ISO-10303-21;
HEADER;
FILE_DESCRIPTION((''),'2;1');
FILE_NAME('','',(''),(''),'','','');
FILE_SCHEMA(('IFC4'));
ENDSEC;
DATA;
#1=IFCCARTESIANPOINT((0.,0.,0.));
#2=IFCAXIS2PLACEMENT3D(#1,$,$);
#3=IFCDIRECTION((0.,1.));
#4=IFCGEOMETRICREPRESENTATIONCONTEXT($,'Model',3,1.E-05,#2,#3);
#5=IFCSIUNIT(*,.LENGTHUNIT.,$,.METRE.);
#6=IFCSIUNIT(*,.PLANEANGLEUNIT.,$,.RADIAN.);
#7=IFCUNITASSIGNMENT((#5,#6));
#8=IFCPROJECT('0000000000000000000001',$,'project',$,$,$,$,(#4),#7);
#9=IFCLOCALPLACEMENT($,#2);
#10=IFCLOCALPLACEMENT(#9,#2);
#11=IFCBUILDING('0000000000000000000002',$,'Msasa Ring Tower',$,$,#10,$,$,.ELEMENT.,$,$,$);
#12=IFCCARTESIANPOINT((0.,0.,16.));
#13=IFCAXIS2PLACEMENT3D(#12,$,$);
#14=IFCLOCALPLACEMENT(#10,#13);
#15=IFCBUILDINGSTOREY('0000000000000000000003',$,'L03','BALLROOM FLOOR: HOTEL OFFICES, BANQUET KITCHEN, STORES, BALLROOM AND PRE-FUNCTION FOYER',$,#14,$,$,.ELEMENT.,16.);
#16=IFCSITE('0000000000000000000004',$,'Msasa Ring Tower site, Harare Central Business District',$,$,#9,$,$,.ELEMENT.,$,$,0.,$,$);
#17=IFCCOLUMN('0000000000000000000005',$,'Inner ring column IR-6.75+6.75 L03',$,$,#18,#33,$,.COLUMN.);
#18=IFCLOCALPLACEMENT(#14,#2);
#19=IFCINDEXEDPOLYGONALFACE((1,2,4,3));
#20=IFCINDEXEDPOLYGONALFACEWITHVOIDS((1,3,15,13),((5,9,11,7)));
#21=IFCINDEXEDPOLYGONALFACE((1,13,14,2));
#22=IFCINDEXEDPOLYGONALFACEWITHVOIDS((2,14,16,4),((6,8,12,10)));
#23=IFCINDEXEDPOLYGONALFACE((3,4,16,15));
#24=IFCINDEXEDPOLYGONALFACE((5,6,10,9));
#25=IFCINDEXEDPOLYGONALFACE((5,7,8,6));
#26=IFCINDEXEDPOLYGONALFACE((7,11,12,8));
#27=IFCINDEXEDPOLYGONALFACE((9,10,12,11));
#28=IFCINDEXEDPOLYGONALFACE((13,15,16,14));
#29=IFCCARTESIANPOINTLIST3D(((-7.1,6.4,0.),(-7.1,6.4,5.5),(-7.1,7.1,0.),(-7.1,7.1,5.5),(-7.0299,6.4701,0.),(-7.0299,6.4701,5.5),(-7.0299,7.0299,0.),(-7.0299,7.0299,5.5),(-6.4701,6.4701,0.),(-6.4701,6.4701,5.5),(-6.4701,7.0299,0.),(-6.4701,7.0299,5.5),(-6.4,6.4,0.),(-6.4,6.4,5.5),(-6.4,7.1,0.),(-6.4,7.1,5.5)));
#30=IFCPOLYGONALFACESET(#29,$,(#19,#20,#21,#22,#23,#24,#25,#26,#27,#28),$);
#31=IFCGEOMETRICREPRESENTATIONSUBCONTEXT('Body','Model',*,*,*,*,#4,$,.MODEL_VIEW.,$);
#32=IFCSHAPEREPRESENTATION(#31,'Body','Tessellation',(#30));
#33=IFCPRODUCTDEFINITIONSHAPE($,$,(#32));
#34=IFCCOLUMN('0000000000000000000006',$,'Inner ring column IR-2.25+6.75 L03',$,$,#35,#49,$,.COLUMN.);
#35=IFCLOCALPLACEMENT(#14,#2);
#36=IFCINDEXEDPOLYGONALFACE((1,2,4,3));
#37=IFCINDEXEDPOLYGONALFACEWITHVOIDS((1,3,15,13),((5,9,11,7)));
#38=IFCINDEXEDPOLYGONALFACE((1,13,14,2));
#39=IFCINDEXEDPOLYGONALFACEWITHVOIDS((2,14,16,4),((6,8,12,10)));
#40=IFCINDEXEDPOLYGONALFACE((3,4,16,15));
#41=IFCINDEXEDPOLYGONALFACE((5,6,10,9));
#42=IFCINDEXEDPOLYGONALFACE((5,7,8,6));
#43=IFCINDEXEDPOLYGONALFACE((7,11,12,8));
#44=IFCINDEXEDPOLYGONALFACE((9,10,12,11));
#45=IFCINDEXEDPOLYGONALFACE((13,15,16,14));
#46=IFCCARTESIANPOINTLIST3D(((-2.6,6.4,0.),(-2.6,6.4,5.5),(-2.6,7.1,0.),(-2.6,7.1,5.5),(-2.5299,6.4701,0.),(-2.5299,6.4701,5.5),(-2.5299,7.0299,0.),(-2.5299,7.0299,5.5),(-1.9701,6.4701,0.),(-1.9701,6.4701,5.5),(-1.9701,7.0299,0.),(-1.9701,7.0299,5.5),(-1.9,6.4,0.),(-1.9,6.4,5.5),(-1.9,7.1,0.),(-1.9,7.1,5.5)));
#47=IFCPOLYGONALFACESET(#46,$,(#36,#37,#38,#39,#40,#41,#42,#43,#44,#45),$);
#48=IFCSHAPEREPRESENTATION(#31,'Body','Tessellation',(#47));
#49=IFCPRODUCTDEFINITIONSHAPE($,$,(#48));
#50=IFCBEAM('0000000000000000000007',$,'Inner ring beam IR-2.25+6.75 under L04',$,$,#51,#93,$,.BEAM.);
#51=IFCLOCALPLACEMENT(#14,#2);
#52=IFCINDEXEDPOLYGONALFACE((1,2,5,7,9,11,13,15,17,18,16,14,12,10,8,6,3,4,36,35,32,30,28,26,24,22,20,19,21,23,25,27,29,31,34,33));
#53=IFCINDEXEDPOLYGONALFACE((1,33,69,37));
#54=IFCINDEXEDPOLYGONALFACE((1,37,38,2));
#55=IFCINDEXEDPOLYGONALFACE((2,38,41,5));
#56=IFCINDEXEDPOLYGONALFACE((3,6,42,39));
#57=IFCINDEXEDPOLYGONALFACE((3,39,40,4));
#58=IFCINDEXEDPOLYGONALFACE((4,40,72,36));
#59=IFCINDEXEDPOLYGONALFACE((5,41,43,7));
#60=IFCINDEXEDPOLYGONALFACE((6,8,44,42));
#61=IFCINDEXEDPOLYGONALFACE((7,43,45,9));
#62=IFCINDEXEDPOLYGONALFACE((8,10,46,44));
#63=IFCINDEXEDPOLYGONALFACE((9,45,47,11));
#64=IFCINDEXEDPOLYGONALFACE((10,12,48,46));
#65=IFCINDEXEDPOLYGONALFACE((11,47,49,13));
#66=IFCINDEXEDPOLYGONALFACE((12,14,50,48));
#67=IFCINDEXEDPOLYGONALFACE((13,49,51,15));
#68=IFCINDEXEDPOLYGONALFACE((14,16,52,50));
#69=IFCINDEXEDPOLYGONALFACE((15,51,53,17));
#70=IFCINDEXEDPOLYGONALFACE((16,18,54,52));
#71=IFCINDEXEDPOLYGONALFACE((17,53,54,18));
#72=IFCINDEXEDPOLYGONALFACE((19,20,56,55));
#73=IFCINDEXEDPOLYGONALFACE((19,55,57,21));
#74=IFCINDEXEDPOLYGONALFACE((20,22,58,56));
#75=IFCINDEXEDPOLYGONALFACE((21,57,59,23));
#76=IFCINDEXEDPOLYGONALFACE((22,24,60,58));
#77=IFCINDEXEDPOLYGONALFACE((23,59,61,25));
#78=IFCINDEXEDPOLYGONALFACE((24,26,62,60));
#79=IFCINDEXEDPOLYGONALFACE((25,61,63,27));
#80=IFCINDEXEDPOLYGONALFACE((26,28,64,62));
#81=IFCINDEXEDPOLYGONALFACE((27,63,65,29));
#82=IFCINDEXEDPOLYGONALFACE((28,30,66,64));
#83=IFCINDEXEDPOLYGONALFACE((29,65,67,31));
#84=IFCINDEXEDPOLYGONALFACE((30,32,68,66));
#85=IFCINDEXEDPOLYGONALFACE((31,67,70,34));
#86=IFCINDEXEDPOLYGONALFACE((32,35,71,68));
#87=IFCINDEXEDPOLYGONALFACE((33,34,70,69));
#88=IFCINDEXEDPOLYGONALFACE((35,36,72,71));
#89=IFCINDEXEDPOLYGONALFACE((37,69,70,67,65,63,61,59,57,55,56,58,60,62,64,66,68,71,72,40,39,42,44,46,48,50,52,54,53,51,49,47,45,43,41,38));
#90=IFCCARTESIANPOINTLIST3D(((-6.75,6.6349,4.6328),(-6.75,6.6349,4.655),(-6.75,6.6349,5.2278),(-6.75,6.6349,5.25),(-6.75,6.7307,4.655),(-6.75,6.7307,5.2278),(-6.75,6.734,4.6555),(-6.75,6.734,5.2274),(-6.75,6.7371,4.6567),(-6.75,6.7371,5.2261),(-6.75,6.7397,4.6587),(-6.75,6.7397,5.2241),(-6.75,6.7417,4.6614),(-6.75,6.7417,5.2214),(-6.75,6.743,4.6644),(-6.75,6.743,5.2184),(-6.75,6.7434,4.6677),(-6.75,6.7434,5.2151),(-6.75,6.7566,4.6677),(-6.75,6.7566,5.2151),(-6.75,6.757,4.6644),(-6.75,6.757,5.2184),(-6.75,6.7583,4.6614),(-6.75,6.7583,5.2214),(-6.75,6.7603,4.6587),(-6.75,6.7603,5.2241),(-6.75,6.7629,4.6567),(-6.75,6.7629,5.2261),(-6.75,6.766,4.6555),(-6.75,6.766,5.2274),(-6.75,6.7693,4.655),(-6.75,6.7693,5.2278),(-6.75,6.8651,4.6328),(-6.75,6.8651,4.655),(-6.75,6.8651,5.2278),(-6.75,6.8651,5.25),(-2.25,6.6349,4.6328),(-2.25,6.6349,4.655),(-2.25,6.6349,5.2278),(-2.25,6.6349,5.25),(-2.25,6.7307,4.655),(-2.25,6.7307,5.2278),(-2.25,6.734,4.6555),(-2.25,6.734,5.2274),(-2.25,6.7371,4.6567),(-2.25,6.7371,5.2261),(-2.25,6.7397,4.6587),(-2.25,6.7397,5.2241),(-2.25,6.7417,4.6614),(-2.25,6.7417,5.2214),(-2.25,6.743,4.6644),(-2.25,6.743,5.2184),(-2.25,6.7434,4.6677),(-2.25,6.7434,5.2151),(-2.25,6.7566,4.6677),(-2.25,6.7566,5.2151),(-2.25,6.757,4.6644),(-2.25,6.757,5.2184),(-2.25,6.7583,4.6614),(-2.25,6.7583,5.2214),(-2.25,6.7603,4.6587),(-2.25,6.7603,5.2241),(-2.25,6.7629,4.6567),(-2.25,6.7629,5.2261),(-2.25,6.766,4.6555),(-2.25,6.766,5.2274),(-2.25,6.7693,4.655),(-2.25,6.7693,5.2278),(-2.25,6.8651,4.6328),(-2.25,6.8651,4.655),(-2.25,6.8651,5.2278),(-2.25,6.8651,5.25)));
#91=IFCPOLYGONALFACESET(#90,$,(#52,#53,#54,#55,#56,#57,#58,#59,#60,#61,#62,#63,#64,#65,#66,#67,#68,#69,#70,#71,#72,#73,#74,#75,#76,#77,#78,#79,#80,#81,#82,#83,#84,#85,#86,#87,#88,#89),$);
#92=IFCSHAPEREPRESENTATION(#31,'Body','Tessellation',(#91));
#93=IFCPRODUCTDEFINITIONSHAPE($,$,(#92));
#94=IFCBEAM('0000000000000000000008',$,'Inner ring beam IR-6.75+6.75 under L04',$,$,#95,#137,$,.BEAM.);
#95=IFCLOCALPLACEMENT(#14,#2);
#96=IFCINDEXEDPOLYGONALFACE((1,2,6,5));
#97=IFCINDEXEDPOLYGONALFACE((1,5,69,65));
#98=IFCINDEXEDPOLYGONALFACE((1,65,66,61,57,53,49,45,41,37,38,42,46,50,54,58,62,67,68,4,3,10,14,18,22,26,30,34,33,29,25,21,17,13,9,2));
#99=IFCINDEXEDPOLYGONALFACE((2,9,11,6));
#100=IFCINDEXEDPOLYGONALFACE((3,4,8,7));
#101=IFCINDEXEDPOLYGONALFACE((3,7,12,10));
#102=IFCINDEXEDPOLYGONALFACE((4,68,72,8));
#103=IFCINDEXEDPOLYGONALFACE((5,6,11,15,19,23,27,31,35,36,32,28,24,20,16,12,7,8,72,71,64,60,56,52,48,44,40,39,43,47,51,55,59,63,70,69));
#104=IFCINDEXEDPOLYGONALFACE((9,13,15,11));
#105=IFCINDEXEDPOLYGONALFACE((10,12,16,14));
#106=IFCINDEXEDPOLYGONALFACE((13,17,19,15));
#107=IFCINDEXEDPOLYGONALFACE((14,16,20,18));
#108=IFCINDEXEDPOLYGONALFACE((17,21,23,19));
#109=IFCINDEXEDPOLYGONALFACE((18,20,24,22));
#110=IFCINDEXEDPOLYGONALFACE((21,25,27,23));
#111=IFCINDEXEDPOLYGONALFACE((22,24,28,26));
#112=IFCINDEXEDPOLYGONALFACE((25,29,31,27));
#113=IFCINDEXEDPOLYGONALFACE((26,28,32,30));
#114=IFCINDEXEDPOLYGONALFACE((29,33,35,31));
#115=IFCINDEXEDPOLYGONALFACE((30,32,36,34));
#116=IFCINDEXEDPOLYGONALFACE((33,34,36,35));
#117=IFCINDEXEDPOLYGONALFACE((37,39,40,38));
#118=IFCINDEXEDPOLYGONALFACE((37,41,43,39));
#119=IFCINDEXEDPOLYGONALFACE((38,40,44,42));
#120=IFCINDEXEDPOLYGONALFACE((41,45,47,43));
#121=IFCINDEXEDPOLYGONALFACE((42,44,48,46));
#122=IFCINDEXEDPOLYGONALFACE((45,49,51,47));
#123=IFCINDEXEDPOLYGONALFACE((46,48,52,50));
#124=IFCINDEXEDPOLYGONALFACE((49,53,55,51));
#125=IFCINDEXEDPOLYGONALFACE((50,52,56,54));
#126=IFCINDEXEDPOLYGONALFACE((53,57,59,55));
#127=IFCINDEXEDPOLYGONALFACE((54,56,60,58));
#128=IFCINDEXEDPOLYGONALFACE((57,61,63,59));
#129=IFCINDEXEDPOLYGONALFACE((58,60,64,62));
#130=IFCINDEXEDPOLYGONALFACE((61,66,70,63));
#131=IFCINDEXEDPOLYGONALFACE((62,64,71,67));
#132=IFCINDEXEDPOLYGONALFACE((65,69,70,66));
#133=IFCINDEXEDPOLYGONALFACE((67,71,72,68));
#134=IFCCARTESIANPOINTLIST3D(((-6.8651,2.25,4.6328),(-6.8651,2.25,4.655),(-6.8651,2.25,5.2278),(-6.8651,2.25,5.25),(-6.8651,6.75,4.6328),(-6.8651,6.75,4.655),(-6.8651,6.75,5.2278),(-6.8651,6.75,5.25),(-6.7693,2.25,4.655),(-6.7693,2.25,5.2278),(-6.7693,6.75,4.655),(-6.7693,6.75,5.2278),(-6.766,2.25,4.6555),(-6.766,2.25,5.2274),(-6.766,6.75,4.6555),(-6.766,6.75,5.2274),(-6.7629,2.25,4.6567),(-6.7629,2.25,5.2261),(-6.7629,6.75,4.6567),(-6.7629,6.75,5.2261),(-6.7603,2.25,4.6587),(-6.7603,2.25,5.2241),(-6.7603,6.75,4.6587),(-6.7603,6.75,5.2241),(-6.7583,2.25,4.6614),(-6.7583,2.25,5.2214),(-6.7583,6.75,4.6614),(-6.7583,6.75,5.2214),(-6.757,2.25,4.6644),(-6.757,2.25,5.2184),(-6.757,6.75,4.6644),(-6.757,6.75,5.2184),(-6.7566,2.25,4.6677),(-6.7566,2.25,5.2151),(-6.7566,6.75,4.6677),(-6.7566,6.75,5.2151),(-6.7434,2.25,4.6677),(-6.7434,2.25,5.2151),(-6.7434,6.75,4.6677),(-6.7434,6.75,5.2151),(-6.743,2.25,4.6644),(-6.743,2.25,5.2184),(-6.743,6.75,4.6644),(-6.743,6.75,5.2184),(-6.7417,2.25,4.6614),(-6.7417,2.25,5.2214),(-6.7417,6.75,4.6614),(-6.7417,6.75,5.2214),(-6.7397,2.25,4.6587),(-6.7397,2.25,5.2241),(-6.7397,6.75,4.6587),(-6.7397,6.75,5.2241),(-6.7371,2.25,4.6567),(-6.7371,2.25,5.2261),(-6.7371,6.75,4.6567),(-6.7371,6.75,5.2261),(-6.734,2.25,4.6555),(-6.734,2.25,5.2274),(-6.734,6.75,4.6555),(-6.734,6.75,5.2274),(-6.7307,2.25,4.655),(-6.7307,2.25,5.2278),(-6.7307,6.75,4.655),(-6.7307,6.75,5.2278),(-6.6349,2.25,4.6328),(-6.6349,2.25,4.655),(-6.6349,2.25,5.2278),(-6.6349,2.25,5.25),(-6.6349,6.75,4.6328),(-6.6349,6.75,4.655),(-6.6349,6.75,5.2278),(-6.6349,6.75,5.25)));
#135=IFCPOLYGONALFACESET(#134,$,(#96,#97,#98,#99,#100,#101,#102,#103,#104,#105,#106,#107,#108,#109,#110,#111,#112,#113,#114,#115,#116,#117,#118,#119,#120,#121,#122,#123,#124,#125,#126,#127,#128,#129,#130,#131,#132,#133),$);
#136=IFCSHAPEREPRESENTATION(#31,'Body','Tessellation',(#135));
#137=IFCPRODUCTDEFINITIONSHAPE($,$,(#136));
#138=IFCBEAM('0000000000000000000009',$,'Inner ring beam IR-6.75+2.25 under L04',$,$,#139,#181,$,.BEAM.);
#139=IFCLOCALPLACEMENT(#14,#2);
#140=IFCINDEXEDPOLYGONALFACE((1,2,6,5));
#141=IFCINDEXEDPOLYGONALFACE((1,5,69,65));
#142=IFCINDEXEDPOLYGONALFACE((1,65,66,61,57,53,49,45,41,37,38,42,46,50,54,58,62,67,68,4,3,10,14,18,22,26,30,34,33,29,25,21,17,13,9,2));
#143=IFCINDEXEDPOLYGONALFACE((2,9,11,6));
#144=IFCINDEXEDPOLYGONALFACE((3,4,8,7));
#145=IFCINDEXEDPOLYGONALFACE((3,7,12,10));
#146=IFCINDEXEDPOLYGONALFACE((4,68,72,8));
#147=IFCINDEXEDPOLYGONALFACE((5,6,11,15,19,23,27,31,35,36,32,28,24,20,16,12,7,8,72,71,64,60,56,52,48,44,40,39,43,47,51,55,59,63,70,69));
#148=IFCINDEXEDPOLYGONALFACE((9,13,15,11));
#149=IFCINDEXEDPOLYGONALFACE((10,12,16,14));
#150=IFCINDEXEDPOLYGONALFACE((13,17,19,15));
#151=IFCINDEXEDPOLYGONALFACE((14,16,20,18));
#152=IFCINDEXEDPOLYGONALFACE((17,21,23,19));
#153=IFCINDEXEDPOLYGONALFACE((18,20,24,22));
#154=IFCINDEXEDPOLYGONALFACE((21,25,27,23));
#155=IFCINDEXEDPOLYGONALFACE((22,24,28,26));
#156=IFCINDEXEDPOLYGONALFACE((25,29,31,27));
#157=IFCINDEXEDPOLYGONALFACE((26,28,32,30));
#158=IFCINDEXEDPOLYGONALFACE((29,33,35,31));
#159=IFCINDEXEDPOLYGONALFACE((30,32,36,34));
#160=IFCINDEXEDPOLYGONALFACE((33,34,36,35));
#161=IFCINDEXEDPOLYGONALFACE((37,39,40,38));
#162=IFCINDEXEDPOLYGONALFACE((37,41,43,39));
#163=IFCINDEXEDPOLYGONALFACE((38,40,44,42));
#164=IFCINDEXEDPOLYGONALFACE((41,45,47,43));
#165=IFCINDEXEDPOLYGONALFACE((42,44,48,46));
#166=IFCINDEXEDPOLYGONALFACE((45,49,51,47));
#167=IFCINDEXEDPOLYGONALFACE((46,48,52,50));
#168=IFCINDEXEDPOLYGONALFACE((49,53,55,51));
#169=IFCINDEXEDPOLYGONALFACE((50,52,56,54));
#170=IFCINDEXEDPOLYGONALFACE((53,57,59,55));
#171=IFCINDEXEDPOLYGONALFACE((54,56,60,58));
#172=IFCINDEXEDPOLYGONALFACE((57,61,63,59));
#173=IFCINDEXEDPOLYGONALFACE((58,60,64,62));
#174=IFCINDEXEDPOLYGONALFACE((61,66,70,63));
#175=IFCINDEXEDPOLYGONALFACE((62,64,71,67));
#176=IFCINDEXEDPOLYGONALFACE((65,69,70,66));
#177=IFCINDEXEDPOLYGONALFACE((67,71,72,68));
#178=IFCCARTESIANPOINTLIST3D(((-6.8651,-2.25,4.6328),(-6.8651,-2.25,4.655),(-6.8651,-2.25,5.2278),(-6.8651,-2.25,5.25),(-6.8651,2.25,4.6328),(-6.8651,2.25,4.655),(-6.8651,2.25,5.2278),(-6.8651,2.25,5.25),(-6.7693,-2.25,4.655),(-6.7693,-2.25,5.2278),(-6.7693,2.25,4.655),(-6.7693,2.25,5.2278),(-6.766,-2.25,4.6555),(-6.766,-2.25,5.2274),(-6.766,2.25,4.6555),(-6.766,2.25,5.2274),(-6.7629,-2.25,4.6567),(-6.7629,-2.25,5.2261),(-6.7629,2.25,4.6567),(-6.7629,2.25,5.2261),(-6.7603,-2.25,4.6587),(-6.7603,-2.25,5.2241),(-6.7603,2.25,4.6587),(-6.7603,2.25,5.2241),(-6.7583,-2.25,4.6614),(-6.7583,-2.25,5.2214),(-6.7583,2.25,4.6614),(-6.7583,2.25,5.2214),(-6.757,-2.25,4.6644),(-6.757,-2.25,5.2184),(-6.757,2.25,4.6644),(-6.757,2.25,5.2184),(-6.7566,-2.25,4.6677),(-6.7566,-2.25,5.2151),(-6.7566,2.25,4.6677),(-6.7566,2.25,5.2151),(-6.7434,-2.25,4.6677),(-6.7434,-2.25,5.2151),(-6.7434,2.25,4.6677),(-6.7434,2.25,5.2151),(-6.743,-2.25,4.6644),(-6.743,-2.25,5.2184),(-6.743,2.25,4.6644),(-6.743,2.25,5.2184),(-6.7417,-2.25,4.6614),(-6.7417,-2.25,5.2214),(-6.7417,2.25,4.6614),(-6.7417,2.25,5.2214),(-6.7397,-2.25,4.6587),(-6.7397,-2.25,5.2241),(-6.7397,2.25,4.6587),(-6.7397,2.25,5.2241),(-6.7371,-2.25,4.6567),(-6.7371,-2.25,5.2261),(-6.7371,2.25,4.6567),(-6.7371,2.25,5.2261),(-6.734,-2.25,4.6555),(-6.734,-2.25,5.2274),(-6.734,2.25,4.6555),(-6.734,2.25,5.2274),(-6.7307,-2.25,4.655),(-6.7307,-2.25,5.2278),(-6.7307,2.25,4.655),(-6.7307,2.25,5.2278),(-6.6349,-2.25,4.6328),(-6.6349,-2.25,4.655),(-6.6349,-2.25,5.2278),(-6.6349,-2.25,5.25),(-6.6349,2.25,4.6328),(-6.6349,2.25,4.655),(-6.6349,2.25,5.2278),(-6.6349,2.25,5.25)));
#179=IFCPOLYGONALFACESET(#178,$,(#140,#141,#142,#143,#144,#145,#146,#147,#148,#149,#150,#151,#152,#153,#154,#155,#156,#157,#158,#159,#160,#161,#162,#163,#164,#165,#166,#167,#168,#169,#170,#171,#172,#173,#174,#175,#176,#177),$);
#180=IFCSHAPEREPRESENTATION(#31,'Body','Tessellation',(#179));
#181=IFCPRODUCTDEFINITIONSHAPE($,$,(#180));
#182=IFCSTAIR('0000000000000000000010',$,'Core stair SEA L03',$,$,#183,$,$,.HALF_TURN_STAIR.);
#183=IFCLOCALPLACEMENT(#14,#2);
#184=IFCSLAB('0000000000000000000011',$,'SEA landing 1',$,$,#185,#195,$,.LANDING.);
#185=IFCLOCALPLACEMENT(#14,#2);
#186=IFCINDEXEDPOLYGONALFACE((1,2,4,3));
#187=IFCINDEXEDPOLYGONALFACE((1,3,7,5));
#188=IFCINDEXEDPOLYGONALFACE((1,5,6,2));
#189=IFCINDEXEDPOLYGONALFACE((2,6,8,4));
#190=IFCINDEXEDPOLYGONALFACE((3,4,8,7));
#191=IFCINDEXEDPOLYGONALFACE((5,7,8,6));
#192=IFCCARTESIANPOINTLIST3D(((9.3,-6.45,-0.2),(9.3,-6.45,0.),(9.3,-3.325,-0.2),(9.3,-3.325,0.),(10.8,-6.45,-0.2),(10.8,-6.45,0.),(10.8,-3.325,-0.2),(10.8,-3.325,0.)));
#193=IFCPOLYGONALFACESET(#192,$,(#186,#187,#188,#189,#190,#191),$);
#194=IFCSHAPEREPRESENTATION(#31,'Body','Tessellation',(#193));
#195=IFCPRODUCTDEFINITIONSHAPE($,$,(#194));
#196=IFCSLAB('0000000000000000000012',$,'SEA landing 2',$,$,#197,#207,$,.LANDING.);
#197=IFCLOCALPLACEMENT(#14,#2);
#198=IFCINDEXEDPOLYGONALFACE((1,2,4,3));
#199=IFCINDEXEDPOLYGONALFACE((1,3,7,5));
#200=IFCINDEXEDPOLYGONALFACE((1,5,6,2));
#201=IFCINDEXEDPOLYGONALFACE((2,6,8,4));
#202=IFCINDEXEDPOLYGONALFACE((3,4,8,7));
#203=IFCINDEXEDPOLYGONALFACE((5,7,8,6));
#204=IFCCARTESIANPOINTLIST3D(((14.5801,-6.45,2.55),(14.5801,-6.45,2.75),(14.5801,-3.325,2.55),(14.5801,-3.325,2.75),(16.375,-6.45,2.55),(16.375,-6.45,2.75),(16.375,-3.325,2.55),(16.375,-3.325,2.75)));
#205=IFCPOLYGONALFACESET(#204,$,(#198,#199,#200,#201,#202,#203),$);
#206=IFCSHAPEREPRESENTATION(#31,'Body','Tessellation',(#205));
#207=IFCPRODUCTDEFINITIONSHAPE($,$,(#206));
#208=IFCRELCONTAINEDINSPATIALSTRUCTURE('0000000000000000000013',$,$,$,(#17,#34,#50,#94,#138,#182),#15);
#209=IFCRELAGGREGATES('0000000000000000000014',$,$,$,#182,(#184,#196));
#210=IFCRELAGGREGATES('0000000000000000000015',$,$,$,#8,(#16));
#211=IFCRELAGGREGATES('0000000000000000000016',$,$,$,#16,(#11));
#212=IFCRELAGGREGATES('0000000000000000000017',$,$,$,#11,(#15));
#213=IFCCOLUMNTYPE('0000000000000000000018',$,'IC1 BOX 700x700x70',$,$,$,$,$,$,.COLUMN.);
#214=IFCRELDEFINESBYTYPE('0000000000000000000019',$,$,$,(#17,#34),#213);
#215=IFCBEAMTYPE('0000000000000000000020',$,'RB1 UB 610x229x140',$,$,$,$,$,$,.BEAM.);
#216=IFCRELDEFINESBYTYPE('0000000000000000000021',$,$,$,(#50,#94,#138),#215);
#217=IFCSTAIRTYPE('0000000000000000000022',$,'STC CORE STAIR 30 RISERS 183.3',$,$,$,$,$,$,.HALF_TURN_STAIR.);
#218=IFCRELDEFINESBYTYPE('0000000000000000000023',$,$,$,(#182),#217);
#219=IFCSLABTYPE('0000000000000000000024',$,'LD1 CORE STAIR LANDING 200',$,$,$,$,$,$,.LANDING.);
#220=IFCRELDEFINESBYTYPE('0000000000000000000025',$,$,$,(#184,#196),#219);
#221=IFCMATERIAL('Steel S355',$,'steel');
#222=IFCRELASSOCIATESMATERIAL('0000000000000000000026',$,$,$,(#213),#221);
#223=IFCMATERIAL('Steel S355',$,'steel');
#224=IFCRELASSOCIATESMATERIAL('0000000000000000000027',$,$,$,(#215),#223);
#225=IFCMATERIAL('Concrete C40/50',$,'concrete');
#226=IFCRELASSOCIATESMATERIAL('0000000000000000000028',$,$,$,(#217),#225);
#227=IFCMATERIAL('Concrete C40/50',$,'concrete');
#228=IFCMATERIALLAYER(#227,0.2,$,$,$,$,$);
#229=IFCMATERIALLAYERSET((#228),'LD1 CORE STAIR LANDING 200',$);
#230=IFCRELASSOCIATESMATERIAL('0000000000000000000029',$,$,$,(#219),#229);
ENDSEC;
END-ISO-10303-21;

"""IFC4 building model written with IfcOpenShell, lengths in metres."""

from ifc_helpers import new_model, si_unit, direction, frame, origin, origin_2d, place, context, subcontext, project, spatial, polyline, hollow_rectangle, i_section, outline, extrude, material, layer, layer_set, material_profile, profile_set, type_object, element, aggregate, save


model = new_model("IFC4")

# Units and contexts
model_context = context("Model", 3, precision=1e-05, world=origin(), true_north=direction((0.0, 1.0)))
body_context = subcontext(model_context, "Body", "Model", "MODEL_VIEW")
ifc_project = project(units=[si_unit("LENGTHUNIT", "METRE"), si_unit("PLANEANGLEUNIT", "RADIAN")], contexts=[model_context])

# Site, building, storey
site_placement = place(None, origin())
site = spatial("IfcSite", under=ifc_project, at=site_placement, Name="Msasa Ring Tower site, Harare Central Business District", CompositionType="ELEMENT", RefElevation=0.0)
building_placement = place(site_placement, origin())
building = spatial("IfcBuilding", under=site, at=building_placement, Name="Msasa Ring Tower", CompositionType="ELEMENT")
storey_placement = place(building_placement, frame((0.0, 0.0, 16.0)))
storey = spatial("IfcBuildingStorey", under=building, at=storey_placement, Name="L03", Description="BALLROOM FLOOR: HOTEL OFFICES, BANQUET KITCHEN, STORES, BALLROOM AND PRE-FUNCTION FOYER", CompositionType="ELEMENT", Elevation=16.0)

# Columns
ifc_material_1 = material(Name="Steel S355", Category="steel")
ifc_material_profile_1 = material_profile(ifc_material_1, hollow_rectangle(XDim=0.7, YDim=0.7, WallThickness=0.0701, at=origin_2d()), Name="BOX 700x700x70")
ifc_profile_set_1 = profile_set([ifc_material_profile_1], Name="Steel S355")
column_type = type_object("IfcColumnType", Name="IC1 BOX 700x700x70", PredefinedType="COLUMN", material=ifc_profile_set_1)
for number, where, z_axis, x_axis, name in (
    (1, (-6.75, 6.75, 0.0), (0.0, 0.0, 1.0), (1.0, 0.0, 0.0), "Inner ring column IR-6.75+6.75 L03"),
    (2, (-2.25, 6.75, 0.0), (0.0, 0.0, 1.0), (1.0, 0.0, 0.0), "Inner ring column IR-2.25+6.75 L03"),
):
    element("IfcColumn", number, at=place(storey_placement, frame(where, z_axis=z_axis, x_axis=x_axis)), inside=storey, type_object=column_type, Name=name, PredefinedType="COLUMN", context=body_context, shape_type="SweptSolid", body=[
        extrude(hollow_rectangle(XDim=0.7, YDim=0.7, WallThickness=0.0701, at=origin_2d()), origin(), (0.0, 0.0, 1.0), 5.5),
    ])

# Beams
ifc_material_2 = material(Name="Steel S355", Category="steel")
ifc_material_profile_2 = material_profile(ifc_material_2, i_section(OverallWidth=0.2302, OverallDepth=0.6172, WebThickness=0.0132, FlangeThickness=0.0222, FilletRadius=0.0127, at=origin_2d()), Name="UB 610x229x140")
ifc_profile_set_2 = profile_set([ifc_material_profile_2], Name="Steel S355")
beam_type = type_object("IfcBeamType", Name="RB1 UB 610x229x140", PredefinedType="BEAM", material=ifc_profile_set_2)
for number, where, z_axis, x_axis, name in (
    (3, (-2.25, 6.75, 4.9414), (-1.0, 0.0, 0.0), (0.0, -1.0, 0.0), "Inner ring beam IR-2.25+6.75 under L04"),
    (4, (-6.75, 6.75, 4.9414), (0.0, -1.0, 0.0), (1.0, 0.0, 0.0), "Inner ring beam IR-6.75+6.75 under L04"),
    (5, (-6.75, 2.25, 4.9414), (0.0, -1.0, 0.0), (1.0, 0.0, 0.0), "Inner ring beam IR-6.75+2.25 under L04"),
):
    element("IfcBeam", number, at=place(storey_placement, frame(where, z_axis=z_axis, x_axis=x_axis)), inside=storey, type_object=beam_type, Name=name, PredefinedType="BEAM", context=body_context, shape_type="SweptSolid", body=[
        extrude(i_section(OverallWidth=0.2302, OverallDepth=0.6172, WebThickness=0.0132, FlangeThickness=0.0222, FilletRadius=0.0127, at=origin_2d()), origin(), (0.0, 0.0, 1.0), 4.5),
    ])

# Stair, slabs
ifc_material_3 = material(Name="Concrete C40/50", Category="concrete")
stair_type_1 = type_object("IfcStairType", Name="STC CORE STAIR 30 RISERS 183.3", PredefinedType="HALF_TURN_STAIR", material=ifc_material_3)
stair_1_placement = place(storey_placement, origin())
stair_1 = element("IfcStair", 6, at=stair_1_placement, inside=storey, type_object=stair_type_1, Name="Core stair SEA L03", PredefinedType="HALF_TURN_STAIR")
ifc_material_4 = material(Name="Concrete C40/50", Category="concrete")
ifc_layer_1 = layer(ifc_material_4, 0.2)
ifc_layer_set_1 = layer_set([ifc_layer_1], Name="LD1 CORE STAIR LANDING 200")
slab_type_1 = type_object("IfcSlabType", Name="LD1 CORE STAIR LANDING 200", PredefinedType="LANDING", material=ifc_layer_set_1)
slab_1_placement = place(storey_placement, frame((0.0, 0.0, -0.2)))
slab_1 = element("IfcSlab", 7, at=slab_1_placement, type_object=slab_type_1, Name="SEA landing 1", PredefinedType="LANDING", context=body_context, shape_type="SweptSolid", body=[
    extrude(outline(polyline([(9.3, -6.45), (10.8, -6.45), (10.8, -3.325), (9.3, -3.325), (9.3, -6.45)])), origin(), (0.0, 0.0, 1.0), 0.2),
])
slab_2_placement = place(storey_placement, frame((0.0, 0.0, 2.55)))
slab_2 = element("IfcSlab", 8, at=slab_2_placement, type_object=slab_type_1, Name="SEA landing 2", PredefinedType="LANDING", context=body_context, shape_type="SweptSolid", body=[
    extrude(outline(polyline([(14.5801, -6.45), (16.375, -6.45), (16.375, -3.325), (14.5801, -3.325), (14.5801, -6.45)])), origin(), (0.0, 0.0, 1.0), 0.2),
])
aggregate(stair_1, [slab_1, slab_2])

save(model, "model.ifc")
